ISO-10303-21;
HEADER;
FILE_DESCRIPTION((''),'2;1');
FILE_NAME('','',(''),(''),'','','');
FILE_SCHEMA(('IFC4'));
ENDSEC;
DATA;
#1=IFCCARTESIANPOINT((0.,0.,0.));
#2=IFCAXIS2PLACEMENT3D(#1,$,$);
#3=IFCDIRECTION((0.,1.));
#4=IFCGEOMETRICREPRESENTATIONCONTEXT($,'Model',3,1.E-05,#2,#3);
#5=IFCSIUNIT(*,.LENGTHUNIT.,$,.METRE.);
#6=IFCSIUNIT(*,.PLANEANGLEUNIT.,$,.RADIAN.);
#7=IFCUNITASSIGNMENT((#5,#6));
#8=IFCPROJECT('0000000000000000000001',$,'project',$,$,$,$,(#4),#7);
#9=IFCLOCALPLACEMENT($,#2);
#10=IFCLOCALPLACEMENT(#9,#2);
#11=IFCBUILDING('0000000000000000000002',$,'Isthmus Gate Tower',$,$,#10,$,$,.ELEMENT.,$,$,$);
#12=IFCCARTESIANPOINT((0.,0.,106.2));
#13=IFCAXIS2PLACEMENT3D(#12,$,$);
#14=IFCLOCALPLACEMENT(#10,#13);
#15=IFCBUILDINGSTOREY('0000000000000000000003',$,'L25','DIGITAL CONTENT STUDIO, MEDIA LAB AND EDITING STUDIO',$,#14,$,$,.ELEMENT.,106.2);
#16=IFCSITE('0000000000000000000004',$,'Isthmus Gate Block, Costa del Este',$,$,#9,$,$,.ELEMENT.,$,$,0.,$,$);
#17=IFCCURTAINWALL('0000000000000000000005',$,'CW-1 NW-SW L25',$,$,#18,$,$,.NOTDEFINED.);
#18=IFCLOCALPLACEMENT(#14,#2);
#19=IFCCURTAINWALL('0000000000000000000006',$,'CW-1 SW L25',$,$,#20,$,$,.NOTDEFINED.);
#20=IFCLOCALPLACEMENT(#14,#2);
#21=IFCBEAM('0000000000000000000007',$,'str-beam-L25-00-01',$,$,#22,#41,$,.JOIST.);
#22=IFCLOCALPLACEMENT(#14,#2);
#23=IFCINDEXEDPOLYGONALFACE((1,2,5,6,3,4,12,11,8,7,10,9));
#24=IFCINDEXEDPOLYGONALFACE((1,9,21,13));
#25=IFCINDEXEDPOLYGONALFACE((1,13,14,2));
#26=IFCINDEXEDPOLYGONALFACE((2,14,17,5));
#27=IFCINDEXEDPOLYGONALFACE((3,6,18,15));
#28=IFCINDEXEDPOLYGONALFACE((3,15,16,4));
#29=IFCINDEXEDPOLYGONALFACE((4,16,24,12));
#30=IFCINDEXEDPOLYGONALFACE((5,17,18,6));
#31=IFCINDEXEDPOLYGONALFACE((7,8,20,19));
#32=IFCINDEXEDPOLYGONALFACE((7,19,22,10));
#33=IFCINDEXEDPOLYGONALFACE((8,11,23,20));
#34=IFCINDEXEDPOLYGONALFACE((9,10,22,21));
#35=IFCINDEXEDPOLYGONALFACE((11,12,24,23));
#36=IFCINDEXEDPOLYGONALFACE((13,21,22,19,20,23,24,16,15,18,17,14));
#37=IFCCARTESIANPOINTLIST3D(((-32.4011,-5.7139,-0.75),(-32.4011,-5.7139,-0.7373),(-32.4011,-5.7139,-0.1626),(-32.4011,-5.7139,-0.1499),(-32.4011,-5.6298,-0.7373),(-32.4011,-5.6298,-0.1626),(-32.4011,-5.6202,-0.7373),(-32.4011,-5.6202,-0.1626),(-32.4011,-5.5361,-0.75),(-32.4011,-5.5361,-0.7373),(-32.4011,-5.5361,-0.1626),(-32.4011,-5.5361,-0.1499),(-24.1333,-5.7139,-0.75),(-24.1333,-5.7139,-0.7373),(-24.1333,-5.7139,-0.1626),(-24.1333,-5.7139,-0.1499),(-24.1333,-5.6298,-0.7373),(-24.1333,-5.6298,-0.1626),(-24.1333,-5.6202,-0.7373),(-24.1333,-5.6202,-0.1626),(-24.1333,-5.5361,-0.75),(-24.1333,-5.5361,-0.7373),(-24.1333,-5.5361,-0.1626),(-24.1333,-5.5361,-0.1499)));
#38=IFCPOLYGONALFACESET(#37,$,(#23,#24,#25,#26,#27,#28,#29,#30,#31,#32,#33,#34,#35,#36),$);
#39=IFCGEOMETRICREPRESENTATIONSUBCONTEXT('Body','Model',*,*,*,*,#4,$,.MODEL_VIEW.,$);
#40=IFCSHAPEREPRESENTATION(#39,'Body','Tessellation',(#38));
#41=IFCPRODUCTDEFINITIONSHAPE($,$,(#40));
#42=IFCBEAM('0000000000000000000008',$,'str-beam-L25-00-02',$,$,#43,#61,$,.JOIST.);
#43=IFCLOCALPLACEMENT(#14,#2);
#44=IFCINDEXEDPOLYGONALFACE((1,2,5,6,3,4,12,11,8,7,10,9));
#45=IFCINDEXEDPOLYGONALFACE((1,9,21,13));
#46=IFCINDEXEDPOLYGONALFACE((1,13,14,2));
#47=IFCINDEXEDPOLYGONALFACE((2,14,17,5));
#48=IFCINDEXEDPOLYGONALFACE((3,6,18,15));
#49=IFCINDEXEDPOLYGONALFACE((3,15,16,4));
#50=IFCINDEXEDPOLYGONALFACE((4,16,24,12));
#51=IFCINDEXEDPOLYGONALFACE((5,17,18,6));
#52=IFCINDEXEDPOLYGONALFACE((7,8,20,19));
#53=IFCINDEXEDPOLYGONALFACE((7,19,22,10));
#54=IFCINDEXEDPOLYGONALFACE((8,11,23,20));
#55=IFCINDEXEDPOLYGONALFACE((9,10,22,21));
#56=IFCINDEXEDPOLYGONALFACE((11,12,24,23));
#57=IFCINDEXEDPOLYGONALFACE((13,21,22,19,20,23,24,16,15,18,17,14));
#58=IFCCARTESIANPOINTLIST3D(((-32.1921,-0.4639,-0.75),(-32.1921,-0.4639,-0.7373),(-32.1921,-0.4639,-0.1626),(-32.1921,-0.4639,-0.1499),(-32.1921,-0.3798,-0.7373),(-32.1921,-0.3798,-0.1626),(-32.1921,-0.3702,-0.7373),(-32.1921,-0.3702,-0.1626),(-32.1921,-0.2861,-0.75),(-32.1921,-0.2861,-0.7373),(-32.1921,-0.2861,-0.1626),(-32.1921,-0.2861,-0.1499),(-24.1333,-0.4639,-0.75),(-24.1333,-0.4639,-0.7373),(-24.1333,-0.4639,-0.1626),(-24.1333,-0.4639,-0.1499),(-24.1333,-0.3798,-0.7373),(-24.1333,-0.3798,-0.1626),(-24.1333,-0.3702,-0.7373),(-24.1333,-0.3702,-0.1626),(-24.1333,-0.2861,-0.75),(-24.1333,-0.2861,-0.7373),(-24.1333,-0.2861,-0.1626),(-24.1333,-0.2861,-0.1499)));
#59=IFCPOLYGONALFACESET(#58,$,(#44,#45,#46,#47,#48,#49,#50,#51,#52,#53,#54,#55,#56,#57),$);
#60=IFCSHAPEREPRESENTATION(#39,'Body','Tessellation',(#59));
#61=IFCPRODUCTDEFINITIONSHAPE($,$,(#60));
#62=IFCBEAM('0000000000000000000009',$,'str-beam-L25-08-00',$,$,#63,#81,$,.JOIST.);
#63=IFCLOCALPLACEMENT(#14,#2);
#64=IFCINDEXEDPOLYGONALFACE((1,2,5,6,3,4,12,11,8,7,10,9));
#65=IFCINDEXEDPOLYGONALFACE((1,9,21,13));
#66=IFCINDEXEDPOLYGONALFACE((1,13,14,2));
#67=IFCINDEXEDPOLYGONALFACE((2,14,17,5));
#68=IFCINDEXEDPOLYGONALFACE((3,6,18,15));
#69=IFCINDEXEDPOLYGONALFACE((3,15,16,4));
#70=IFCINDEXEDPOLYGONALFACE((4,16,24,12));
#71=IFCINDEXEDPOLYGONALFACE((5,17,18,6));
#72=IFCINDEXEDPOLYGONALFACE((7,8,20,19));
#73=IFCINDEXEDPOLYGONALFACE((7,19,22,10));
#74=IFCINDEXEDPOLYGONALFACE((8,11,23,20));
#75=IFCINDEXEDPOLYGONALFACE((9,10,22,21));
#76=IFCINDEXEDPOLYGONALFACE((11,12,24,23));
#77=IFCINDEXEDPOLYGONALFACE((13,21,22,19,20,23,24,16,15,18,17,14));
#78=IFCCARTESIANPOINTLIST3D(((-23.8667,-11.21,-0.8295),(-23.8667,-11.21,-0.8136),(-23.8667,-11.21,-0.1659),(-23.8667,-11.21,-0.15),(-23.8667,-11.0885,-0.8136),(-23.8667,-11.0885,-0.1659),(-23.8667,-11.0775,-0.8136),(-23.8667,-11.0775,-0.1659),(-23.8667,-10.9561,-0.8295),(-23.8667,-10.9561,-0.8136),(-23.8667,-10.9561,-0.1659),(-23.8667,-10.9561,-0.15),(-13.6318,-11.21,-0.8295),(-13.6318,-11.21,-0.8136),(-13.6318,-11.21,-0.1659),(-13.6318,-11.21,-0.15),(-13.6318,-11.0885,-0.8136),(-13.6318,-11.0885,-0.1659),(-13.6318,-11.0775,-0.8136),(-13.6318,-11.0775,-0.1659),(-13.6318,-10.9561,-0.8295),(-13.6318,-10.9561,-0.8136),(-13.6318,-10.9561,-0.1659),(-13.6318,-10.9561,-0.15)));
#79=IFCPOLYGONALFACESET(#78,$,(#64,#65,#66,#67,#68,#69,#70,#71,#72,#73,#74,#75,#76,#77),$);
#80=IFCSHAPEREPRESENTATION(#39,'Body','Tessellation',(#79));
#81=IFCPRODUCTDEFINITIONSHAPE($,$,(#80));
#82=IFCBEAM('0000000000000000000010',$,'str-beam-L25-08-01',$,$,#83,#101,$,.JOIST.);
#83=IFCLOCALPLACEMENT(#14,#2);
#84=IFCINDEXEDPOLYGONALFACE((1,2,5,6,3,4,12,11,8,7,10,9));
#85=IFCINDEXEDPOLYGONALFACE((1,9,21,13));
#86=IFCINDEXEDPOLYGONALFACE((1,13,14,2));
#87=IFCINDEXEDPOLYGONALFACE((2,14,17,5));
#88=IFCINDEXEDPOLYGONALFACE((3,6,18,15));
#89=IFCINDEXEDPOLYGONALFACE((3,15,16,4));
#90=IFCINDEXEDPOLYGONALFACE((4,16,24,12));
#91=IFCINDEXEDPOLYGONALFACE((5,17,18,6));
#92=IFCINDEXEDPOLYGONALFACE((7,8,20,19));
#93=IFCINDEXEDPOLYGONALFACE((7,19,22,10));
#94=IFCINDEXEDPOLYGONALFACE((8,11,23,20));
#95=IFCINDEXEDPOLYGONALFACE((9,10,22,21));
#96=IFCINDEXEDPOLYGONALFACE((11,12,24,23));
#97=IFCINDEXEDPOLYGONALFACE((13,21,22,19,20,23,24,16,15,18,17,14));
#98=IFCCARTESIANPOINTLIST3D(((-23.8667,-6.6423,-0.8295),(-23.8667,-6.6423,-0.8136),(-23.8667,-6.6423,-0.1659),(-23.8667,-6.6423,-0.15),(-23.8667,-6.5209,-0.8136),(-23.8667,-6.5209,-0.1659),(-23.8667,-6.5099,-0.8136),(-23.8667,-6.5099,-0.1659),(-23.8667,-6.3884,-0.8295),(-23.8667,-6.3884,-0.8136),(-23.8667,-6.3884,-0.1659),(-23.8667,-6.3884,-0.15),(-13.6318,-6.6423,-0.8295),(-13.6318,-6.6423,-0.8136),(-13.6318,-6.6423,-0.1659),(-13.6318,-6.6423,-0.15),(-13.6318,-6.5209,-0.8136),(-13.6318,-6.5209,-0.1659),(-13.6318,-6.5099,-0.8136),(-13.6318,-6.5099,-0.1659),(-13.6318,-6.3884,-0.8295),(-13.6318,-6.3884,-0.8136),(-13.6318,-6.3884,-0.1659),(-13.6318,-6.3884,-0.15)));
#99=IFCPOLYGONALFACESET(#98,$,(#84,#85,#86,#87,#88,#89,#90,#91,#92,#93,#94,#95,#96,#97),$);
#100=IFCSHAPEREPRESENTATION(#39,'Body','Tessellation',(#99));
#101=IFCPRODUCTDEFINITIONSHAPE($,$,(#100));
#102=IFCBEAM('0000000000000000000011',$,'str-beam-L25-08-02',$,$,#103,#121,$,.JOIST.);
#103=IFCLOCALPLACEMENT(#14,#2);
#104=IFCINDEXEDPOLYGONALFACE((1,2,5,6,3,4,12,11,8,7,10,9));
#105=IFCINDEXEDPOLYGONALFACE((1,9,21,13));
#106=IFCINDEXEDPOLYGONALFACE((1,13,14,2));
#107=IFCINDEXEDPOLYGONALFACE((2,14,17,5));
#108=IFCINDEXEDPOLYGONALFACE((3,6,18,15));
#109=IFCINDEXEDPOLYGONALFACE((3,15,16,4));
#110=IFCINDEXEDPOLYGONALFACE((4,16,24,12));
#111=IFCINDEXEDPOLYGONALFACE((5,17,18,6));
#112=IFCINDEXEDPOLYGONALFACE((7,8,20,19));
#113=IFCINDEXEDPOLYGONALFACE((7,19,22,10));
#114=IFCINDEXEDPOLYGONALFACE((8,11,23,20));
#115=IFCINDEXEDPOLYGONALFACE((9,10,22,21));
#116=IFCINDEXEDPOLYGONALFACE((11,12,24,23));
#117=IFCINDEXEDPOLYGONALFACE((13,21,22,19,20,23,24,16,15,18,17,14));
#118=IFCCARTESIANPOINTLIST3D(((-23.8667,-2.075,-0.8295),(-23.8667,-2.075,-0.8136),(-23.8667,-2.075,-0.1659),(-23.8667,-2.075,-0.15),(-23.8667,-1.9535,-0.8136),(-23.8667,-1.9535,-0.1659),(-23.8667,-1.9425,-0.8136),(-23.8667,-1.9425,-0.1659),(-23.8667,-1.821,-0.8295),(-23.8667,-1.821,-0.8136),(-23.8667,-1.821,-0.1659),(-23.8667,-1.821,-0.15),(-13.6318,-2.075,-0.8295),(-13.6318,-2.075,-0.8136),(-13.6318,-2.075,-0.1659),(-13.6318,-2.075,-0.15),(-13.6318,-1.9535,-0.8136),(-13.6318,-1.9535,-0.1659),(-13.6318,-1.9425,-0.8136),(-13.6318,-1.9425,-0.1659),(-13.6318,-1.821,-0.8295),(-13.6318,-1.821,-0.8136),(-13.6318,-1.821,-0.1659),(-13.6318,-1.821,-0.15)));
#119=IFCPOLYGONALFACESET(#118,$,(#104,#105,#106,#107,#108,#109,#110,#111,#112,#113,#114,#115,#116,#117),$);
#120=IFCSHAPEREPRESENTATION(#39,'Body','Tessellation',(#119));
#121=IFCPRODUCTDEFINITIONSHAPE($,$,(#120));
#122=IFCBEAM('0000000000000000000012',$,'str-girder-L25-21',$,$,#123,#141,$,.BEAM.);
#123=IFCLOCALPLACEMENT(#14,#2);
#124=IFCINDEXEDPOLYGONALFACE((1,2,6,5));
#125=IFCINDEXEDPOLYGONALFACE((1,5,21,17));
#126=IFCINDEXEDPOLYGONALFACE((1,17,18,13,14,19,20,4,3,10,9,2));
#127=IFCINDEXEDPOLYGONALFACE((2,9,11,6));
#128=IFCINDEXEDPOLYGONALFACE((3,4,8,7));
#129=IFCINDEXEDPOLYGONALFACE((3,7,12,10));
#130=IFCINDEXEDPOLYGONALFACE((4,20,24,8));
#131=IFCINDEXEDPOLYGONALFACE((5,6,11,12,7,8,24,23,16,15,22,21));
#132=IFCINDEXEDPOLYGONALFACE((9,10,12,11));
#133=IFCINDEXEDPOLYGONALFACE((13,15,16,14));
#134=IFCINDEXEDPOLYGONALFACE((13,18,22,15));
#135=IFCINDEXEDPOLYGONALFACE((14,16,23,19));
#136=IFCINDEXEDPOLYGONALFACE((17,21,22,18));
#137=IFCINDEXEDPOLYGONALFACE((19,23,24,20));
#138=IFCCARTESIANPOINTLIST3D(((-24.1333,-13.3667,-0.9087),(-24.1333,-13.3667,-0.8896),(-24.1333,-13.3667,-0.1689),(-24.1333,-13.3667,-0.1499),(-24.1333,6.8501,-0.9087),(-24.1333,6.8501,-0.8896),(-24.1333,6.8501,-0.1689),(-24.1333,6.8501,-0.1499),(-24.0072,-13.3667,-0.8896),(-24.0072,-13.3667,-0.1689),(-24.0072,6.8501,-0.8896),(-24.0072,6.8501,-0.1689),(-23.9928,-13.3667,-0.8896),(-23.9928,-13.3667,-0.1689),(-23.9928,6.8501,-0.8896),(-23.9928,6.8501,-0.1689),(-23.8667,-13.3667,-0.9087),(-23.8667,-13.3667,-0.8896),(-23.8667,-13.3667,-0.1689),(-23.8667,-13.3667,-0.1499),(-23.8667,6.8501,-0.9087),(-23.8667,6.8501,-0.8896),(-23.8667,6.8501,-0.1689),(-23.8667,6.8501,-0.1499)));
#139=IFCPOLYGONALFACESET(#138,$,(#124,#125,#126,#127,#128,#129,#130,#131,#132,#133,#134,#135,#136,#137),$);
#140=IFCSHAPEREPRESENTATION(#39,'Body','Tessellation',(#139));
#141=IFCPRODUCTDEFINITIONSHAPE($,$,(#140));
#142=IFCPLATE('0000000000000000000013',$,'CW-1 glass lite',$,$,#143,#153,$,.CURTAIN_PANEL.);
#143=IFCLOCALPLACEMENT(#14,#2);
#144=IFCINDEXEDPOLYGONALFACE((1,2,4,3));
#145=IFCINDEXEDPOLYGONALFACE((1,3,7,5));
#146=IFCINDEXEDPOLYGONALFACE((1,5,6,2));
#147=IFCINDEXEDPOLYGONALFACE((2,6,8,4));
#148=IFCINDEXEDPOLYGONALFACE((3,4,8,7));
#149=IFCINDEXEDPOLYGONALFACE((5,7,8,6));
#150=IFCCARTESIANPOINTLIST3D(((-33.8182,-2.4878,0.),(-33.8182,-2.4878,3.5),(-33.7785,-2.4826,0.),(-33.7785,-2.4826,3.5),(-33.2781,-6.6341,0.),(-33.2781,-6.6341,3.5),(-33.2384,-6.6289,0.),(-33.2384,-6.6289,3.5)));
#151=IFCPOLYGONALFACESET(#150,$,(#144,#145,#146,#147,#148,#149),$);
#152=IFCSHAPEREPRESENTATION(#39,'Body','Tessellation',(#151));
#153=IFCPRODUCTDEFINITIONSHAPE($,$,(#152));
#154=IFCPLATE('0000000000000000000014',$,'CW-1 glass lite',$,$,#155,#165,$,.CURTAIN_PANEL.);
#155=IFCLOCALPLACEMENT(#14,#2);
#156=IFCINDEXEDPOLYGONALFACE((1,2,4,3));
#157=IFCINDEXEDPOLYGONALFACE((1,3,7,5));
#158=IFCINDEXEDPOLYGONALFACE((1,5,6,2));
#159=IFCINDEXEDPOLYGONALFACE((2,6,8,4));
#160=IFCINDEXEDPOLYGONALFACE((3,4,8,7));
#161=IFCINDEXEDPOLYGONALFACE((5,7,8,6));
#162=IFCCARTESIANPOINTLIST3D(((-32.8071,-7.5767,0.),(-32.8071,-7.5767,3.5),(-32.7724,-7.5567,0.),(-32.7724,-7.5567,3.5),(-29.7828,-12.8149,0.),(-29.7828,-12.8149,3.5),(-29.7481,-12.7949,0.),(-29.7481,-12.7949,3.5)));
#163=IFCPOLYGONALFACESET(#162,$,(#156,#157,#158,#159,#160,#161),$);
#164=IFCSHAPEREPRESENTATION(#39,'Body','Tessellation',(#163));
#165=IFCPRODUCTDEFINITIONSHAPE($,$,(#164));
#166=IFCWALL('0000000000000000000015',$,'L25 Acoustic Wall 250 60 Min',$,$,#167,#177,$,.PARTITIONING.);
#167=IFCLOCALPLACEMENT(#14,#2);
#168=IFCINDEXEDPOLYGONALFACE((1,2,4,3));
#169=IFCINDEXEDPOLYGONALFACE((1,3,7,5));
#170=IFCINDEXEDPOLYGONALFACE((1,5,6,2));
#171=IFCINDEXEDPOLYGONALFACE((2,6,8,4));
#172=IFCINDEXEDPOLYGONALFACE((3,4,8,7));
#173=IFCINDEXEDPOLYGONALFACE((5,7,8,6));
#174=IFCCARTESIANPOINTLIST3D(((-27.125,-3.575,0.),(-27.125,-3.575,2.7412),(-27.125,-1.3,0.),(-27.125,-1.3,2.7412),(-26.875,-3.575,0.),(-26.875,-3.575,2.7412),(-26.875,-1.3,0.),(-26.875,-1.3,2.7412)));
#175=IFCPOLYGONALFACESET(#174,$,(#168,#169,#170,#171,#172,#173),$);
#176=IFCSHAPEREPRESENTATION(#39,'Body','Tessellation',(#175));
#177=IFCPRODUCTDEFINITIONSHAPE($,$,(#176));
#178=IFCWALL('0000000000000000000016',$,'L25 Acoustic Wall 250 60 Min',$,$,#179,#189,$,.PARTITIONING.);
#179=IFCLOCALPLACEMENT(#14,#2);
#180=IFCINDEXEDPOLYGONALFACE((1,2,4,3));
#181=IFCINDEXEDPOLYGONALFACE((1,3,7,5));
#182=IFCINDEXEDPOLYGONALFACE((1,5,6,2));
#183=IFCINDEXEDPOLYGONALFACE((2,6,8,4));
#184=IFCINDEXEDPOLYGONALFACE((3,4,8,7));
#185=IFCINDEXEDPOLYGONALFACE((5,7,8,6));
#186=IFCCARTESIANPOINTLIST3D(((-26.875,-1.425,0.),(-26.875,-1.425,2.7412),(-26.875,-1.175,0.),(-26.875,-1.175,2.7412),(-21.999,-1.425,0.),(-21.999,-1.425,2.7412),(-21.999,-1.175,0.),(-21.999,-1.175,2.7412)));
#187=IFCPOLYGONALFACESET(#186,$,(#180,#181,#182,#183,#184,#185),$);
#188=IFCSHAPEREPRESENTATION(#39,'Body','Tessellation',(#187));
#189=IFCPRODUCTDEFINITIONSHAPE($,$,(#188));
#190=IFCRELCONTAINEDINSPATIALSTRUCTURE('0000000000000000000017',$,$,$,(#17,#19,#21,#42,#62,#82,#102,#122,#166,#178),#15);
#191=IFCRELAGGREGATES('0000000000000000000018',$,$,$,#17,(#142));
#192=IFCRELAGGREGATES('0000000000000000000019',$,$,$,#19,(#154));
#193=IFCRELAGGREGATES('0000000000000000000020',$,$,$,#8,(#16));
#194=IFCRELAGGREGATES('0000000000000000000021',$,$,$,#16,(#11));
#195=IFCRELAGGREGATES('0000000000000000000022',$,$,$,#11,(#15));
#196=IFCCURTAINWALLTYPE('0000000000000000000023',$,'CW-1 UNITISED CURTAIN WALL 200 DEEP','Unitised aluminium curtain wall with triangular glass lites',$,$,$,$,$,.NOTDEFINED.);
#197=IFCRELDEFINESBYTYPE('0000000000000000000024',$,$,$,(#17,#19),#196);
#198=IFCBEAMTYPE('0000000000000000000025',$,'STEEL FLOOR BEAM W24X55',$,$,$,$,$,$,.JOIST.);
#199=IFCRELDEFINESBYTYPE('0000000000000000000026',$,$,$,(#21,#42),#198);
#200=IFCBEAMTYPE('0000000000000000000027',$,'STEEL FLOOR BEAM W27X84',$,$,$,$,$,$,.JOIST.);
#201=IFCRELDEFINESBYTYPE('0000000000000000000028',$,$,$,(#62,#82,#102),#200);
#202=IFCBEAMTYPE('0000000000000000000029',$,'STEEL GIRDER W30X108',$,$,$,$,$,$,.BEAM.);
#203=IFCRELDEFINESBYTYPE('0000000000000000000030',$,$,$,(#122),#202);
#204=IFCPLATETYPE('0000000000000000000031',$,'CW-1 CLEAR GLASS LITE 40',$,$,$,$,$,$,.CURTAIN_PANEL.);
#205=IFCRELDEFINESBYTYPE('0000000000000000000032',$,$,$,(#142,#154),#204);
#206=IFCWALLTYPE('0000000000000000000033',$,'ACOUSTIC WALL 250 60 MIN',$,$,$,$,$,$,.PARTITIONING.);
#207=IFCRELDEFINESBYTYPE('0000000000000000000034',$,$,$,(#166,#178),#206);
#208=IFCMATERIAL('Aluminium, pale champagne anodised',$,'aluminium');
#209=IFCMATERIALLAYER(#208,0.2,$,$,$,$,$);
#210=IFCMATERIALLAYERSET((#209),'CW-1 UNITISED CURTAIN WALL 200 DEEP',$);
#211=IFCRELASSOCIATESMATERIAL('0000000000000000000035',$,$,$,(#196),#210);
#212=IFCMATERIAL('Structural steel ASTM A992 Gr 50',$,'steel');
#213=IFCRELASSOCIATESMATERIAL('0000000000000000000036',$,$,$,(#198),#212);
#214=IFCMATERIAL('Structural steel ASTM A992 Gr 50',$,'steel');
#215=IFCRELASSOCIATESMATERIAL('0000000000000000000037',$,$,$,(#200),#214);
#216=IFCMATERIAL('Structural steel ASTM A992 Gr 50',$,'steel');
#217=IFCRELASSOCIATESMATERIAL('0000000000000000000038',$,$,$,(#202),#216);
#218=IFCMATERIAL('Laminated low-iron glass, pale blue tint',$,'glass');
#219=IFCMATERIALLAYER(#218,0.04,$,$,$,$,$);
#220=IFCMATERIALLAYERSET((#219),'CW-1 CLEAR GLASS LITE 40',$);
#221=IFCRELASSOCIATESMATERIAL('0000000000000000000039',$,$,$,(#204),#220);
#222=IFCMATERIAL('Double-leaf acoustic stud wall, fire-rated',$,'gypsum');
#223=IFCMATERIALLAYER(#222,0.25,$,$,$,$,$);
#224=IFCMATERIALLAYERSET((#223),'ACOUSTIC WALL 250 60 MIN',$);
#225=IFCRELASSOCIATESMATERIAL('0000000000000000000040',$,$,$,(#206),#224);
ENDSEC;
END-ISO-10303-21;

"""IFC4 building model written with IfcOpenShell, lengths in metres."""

from ifc_helpers import new_model, si_unit, direction, frame, frame_2d, origin, origin_2d, place, context, subcontext, project, spatial, rectangle, i_section, extrude, material, layer, layer_set, material_profile, profile_set, type_object, element, aggregate, save


model = new_model("IFC4")

# Units and contexts
model_context = context("Model", 3, precision=1e-05, world=origin(), true_north=direction((0.0, 1.0)))
body_context = subcontext(model_context, "Body", "Model", "MODEL_VIEW")
ifc_project = project(units=[si_unit("LENGTHUNIT", "METRE"), si_unit("PLANEANGLEUNIT", "RADIAN")], contexts=[model_context])

# Site, building, storey
site_placement = place(None, origin())
site = spatial("IfcSite", under=ifc_project, at=site_placement, Name="Isthmus Gate Block, Costa del Este", CompositionType="ELEMENT", RefElevation=0.0)
building_placement = place(site_placement, origin())
building = spatial("IfcBuilding", under=site, at=building_placement, Name="Isthmus Gate Tower", CompositionType="ELEMENT")
storey_placement = place(building_placement, frame((0.0, 0.0, 106.2)))
storey = spatial("IfcBuildingStorey", under=building, at=storey_placement, Name="L25", Description="DIGITAL CONTENT STUDIO, MEDIA LAB AND EDITING STUDIO", CompositionType="ELEMENT", Elevation=106.2)

# Curtain walls
ifc_material_1 = material(Name="Aluminium, pale champagne anodised", Category="aluminium")
ifc_layer_1 = layer(ifc_material_1, 0.2)
ifc_layer_set_1 = layer_set([ifc_layer_1], Name="CW-1 UNITISED CURTAIN WALL 200 DEEP")
curtain_wall_type = type_object("IfcCurtainWallType", Name="CW-1 UNITISED CURTAIN WALL 200 DEEP", Description="Unitised aluminium curtain wall with triangular glass lites", PredefinedType="NOTDEFINED", material=ifc_layer_set_1)
curtain_wall_1_placement = place(storey_placement, origin())
curtain_wall_1 = element("IfcCurtainWall", 1, at=curtain_wall_1_placement, inside=storey, type_object=curtain_wall_type, Name="CW-1 NW-SW L25", PredefinedType="NOTDEFINED")
curtain_wall_2_placement = place(storey_placement, origin())
curtain_wall_2 = element("IfcCurtainWall", 2, at=curtain_wall_2_placement, inside=storey, type_object=curtain_wall_type, Name="CW-1 SW L25", PredefinedType="NOTDEFINED")

# Beams
ifc_material_2 = material(Name="Structural steel ASTM A992 Gr 50", Category="steel")
ifc_material_profile_1 = material_profile(ifc_material_2, i_section(OverallWidth=0.1777, OverallDepth=0.6001, WebThickness=0.0095, FlangeThickness=0.0127, at=origin_2d()), Name="W24X55")
ifc_profile_set_1 = profile_set([ifc_material_profile_1], Name="Structural steel ASTM A992 Gr 50")
beam_type_1 = type_object("IfcBeamType", Name="STEEL FLOOR BEAM W24X55", PredefinedType="JOIST", material=ifc_profile_set_1)
beam_1_placement = place(storey_placement, frame((-32.4011, -5.625, -0.45), z_axis=(1.0, 0.0, 0.0), x_axis=(0.0, 1.0, 0.0)))
element("IfcBeam", 3, at=beam_1_placement, inside=storey, type_object=beam_type_1, Name="str-beam-L25-00-01", PredefinedType="JOIST", context=body_context, shape_type="SweptSolid", body=[
    extrude(i_section(OverallWidth=0.1777, OverallDepth=0.6001, WebThickness=0.0095, FlangeThickness=0.0127, at=origin_2d()), origin(), (0.0, 0.0, 1.0), 8.2678),
])
beam_2_placement = place(storey_placement, frame((-32.1921, -0.375, -0.45), z_axis=(1.0, 0.0, 0.0), x_axis=(0.0, 1.0, 0.0)))
element("IfcBeam", 4, at=beam_2_placement, inside=storey, type_object=beam_type_1, Name="str-beam-L25-00-02", PredefinedType="JOIST", context=body_context, shape_type="SweptSolid", body=[
    extrude(i_section(OverallWidth=0.1777, OverallDepth=0.6001, WebThickness=0.0095, FlangeThickness=0.0127, at=origin_2d()), origin(), (0.0, 0.0, 1.0), 8.0588),
])
ifc_material_3 = material(Name="Structural steel ASTM A992 Gr 50", Category="steel")
ifc_material_profile_2 = material_profile(ifc_material_3, i_section(OverallWidth=0.2539, OverallDepth=0.6794, WebThickness=0.011, FlangeThickness=0.0159, at=origin_2d()), Name="W27X84")
ifc_profile_set_2 = profile_set([ifc_material_profile_2], Name="Structural steel ASTM A992 Gr 50")
beam_type_2 = type_object("IfcBeamType", Name="STEEL FLOOR BEAM W27X84", PredefinedType="JOIST", material=ifc_profile_set_2)
for number, where, z_axis, x_axis, name in (
    (5, (-23.8667, -11.083, -0.4897), (1.0, 0.0, 0.0), (0.0, 1.0, 0.0), "str-beam-L25-08-00"),
    (6, (-23.8667, -6.5154, -0.4897), (1.0, 0.0, 0.0), (0.0, 1.0, 0.0), "str-beam-L25-08-01"),
    (7, (-23.8667, -1.948, -0.4897), (1.0, 0.0, 0.0), (0.0, 1.0, 0.0), "str-beam-L25-08-02"),
):
    element("IfcBeam", number, at=place(storey_placement, frame(where, z_axis=z_axis, x_axis=x_axis)), inside=storey, type_object=beam_type_2, Name=name, PredefinedType="JOIST", context=body_context, shape_type="SweptSolid", body=[
        extrude(i_section(OverallWidth=0.2539, OverallDepth=0.6794, WebThickness=0.011, FlangeThickness=0.0159, at=origin_2d()), origin(), (0.0, 0.0, 1.0), 10.2349),
    ])
ifc_material_4 = material(Name="Structural steel ASTM A992 Gr 50", Category="steel")
ifc_material_profile_3 = material_profile(ifc_material_4, i_section(OverallWidth=0.2666, OverallDepth=0.7588, WebThickness=0.0144, FlangeThickness=0.019, at=origin_2d()), Name="W30X108")
ifc_profile_set_3 = profile_set([ifc_material_profile_3], Name="Structural steel ASTM A992 Gr 50")
beam_type_3 = type_object("IfcBeamType", Name="STEEL GIRDER W30X108", PredefinedType="BEAM", material=ifc_profile_set_3)
beam_3_placement = place(storey_placement, frame((-24.0, -13.3667, -0.5293), z_axis=(0.0, 1.0, 0.0), x_axis=(-1.0, 0.0, 0.0)))
element("IfcBeam", 8, at=beam_3_placement, inside=storey, type_object=beam_type_3, Name="str-girder-L25-21", PredefinedType="BEAM", context=body_context, shape_type="SweptSolid", body=[
    extrude(i_section(OverallWidth=0.2666, OverallDepth=0.7588, WebThickness=0.0144, FlangeThickness=0.019, at=origin_2d()), origin(), (0.0, 0.0, 1.0), 20.2168),
])

# Plates
ifc_material_5 = material(Name="Laminated low-iron glass, pale blue tint", Category="glass")
ifc_layer_2 = layer(ifc_material_5, 0.04)
ifc_layer_set_2 = layer_set([ifc_layer_2], Name="CW-1 CLEAR GLASS LITE 40")
plate_type = type_object("IfcPlateType", Name="CW-1 CLEAR GLASS LITE 40", PredefinedType="CURTAIN_PANEL", material=ifc_layer_set_2)
plate_1_placement = place(storey_placement, frame((-33.5283, -4.5583, 0.0), z_axis=(0.0, 0.0, 1.0), x_axis=(0.129165, -0.991623, 0.0)))
plate_1 = element("IfcPlate", 9, at=plate_1_placement, type_object=plate_type, Name="CW-1 glass lite", PredefinedType="CURTAIN_PANEL", context=body_context, shape_type="SweptSolid", body=[
    extrude(rectangle(XDim=4.1814, YDim=0.04, at=origin_2d()), origin(), (0.0, 0.0, 1.0), 3.5),
])
aggregate(curtain_wall_1, [plate_1])
plate_2_placement = place(storey_placement, frame((-31.2776, -10.1858, 0.0), z_axis=(0.0, 0.0, 1.0), x_axis=(0.5, -0.866025, 0.0)))
plate_2 = element("IfcPlate", 10, at=plate_2_placement, type_object=plate_type, Name="CW-1 glass lite", PredefinedType="CURTAIN_PANEL", context=body_context, shape_type="SweptSolid", body=[
    extrude(rectangle(XDim=6.0486, YDim=0.04, at=origin_2d()), origin(), (0.0, 0.0, 1.0), 3.5),
])
aggregate(curtain_wall_2, [plate_2])

# Walls
ifc_material_6 = material(Name="Double-leaf acoustic stud wall, fire-rated", Category="gypsum")
ifc_layer_3 = layer(ifc_material_6, 0.25)
ifc_layer_set_3 = layer_set([ifc_layer_3], Name="ACOUSTIC WALL 250 60 MIN")
wall_type_1 = type_object("IfcWallType", Name="ACOUSTIC WALL 250 60 MIN", PredefinedType="PARTITIONING", material=ifc_layer_set_3)
wall_1_placement = place(storey_placement, frame((-27.0, -3.575, 0.0), z_axis=(0.0, 0.0, 1.0), x_axis=(0.0, 1.0, 0.0)))
element("IfcWall", 11, at=wall_1_placement, inside=storey, type_object=wall_type_1, Name="L25 Acoustic Wall 250 60 Min", PredefinedType="PARTITIONING", context=body_context, shape_type="SweptSolid", body=[
    extrude(rectangle(XDim=2.2749, YDim=0.25, at=frame_2d((1.1375, 0.0))), origin(), (0.0, 0.0, 1.0), 2.7412),
])
wall_2_placement = place(storey_placement, frame((-26.875, -1.3, 0.0), z_axis=(0.0, 0.0, 1.0), x_axis=(1.0, 0.0, 0.0)))
element("IfcWall", 12, at=wall_2_placement, inside=storey, type_object=wall_type_1, Name="L25 Acoustic Wall 250 60 Min", PredefinedType="PARTITIONING", context=body_context, shape_type="SweptSolid", body=[
    extrude(rectangle(XDim=4.876, YDim=0.25, at=frame_2d((2.438, 0.0))), origin(), (0.0, 0.0, 1.0), 2.7412),
])

save(model, "model.ifc")
